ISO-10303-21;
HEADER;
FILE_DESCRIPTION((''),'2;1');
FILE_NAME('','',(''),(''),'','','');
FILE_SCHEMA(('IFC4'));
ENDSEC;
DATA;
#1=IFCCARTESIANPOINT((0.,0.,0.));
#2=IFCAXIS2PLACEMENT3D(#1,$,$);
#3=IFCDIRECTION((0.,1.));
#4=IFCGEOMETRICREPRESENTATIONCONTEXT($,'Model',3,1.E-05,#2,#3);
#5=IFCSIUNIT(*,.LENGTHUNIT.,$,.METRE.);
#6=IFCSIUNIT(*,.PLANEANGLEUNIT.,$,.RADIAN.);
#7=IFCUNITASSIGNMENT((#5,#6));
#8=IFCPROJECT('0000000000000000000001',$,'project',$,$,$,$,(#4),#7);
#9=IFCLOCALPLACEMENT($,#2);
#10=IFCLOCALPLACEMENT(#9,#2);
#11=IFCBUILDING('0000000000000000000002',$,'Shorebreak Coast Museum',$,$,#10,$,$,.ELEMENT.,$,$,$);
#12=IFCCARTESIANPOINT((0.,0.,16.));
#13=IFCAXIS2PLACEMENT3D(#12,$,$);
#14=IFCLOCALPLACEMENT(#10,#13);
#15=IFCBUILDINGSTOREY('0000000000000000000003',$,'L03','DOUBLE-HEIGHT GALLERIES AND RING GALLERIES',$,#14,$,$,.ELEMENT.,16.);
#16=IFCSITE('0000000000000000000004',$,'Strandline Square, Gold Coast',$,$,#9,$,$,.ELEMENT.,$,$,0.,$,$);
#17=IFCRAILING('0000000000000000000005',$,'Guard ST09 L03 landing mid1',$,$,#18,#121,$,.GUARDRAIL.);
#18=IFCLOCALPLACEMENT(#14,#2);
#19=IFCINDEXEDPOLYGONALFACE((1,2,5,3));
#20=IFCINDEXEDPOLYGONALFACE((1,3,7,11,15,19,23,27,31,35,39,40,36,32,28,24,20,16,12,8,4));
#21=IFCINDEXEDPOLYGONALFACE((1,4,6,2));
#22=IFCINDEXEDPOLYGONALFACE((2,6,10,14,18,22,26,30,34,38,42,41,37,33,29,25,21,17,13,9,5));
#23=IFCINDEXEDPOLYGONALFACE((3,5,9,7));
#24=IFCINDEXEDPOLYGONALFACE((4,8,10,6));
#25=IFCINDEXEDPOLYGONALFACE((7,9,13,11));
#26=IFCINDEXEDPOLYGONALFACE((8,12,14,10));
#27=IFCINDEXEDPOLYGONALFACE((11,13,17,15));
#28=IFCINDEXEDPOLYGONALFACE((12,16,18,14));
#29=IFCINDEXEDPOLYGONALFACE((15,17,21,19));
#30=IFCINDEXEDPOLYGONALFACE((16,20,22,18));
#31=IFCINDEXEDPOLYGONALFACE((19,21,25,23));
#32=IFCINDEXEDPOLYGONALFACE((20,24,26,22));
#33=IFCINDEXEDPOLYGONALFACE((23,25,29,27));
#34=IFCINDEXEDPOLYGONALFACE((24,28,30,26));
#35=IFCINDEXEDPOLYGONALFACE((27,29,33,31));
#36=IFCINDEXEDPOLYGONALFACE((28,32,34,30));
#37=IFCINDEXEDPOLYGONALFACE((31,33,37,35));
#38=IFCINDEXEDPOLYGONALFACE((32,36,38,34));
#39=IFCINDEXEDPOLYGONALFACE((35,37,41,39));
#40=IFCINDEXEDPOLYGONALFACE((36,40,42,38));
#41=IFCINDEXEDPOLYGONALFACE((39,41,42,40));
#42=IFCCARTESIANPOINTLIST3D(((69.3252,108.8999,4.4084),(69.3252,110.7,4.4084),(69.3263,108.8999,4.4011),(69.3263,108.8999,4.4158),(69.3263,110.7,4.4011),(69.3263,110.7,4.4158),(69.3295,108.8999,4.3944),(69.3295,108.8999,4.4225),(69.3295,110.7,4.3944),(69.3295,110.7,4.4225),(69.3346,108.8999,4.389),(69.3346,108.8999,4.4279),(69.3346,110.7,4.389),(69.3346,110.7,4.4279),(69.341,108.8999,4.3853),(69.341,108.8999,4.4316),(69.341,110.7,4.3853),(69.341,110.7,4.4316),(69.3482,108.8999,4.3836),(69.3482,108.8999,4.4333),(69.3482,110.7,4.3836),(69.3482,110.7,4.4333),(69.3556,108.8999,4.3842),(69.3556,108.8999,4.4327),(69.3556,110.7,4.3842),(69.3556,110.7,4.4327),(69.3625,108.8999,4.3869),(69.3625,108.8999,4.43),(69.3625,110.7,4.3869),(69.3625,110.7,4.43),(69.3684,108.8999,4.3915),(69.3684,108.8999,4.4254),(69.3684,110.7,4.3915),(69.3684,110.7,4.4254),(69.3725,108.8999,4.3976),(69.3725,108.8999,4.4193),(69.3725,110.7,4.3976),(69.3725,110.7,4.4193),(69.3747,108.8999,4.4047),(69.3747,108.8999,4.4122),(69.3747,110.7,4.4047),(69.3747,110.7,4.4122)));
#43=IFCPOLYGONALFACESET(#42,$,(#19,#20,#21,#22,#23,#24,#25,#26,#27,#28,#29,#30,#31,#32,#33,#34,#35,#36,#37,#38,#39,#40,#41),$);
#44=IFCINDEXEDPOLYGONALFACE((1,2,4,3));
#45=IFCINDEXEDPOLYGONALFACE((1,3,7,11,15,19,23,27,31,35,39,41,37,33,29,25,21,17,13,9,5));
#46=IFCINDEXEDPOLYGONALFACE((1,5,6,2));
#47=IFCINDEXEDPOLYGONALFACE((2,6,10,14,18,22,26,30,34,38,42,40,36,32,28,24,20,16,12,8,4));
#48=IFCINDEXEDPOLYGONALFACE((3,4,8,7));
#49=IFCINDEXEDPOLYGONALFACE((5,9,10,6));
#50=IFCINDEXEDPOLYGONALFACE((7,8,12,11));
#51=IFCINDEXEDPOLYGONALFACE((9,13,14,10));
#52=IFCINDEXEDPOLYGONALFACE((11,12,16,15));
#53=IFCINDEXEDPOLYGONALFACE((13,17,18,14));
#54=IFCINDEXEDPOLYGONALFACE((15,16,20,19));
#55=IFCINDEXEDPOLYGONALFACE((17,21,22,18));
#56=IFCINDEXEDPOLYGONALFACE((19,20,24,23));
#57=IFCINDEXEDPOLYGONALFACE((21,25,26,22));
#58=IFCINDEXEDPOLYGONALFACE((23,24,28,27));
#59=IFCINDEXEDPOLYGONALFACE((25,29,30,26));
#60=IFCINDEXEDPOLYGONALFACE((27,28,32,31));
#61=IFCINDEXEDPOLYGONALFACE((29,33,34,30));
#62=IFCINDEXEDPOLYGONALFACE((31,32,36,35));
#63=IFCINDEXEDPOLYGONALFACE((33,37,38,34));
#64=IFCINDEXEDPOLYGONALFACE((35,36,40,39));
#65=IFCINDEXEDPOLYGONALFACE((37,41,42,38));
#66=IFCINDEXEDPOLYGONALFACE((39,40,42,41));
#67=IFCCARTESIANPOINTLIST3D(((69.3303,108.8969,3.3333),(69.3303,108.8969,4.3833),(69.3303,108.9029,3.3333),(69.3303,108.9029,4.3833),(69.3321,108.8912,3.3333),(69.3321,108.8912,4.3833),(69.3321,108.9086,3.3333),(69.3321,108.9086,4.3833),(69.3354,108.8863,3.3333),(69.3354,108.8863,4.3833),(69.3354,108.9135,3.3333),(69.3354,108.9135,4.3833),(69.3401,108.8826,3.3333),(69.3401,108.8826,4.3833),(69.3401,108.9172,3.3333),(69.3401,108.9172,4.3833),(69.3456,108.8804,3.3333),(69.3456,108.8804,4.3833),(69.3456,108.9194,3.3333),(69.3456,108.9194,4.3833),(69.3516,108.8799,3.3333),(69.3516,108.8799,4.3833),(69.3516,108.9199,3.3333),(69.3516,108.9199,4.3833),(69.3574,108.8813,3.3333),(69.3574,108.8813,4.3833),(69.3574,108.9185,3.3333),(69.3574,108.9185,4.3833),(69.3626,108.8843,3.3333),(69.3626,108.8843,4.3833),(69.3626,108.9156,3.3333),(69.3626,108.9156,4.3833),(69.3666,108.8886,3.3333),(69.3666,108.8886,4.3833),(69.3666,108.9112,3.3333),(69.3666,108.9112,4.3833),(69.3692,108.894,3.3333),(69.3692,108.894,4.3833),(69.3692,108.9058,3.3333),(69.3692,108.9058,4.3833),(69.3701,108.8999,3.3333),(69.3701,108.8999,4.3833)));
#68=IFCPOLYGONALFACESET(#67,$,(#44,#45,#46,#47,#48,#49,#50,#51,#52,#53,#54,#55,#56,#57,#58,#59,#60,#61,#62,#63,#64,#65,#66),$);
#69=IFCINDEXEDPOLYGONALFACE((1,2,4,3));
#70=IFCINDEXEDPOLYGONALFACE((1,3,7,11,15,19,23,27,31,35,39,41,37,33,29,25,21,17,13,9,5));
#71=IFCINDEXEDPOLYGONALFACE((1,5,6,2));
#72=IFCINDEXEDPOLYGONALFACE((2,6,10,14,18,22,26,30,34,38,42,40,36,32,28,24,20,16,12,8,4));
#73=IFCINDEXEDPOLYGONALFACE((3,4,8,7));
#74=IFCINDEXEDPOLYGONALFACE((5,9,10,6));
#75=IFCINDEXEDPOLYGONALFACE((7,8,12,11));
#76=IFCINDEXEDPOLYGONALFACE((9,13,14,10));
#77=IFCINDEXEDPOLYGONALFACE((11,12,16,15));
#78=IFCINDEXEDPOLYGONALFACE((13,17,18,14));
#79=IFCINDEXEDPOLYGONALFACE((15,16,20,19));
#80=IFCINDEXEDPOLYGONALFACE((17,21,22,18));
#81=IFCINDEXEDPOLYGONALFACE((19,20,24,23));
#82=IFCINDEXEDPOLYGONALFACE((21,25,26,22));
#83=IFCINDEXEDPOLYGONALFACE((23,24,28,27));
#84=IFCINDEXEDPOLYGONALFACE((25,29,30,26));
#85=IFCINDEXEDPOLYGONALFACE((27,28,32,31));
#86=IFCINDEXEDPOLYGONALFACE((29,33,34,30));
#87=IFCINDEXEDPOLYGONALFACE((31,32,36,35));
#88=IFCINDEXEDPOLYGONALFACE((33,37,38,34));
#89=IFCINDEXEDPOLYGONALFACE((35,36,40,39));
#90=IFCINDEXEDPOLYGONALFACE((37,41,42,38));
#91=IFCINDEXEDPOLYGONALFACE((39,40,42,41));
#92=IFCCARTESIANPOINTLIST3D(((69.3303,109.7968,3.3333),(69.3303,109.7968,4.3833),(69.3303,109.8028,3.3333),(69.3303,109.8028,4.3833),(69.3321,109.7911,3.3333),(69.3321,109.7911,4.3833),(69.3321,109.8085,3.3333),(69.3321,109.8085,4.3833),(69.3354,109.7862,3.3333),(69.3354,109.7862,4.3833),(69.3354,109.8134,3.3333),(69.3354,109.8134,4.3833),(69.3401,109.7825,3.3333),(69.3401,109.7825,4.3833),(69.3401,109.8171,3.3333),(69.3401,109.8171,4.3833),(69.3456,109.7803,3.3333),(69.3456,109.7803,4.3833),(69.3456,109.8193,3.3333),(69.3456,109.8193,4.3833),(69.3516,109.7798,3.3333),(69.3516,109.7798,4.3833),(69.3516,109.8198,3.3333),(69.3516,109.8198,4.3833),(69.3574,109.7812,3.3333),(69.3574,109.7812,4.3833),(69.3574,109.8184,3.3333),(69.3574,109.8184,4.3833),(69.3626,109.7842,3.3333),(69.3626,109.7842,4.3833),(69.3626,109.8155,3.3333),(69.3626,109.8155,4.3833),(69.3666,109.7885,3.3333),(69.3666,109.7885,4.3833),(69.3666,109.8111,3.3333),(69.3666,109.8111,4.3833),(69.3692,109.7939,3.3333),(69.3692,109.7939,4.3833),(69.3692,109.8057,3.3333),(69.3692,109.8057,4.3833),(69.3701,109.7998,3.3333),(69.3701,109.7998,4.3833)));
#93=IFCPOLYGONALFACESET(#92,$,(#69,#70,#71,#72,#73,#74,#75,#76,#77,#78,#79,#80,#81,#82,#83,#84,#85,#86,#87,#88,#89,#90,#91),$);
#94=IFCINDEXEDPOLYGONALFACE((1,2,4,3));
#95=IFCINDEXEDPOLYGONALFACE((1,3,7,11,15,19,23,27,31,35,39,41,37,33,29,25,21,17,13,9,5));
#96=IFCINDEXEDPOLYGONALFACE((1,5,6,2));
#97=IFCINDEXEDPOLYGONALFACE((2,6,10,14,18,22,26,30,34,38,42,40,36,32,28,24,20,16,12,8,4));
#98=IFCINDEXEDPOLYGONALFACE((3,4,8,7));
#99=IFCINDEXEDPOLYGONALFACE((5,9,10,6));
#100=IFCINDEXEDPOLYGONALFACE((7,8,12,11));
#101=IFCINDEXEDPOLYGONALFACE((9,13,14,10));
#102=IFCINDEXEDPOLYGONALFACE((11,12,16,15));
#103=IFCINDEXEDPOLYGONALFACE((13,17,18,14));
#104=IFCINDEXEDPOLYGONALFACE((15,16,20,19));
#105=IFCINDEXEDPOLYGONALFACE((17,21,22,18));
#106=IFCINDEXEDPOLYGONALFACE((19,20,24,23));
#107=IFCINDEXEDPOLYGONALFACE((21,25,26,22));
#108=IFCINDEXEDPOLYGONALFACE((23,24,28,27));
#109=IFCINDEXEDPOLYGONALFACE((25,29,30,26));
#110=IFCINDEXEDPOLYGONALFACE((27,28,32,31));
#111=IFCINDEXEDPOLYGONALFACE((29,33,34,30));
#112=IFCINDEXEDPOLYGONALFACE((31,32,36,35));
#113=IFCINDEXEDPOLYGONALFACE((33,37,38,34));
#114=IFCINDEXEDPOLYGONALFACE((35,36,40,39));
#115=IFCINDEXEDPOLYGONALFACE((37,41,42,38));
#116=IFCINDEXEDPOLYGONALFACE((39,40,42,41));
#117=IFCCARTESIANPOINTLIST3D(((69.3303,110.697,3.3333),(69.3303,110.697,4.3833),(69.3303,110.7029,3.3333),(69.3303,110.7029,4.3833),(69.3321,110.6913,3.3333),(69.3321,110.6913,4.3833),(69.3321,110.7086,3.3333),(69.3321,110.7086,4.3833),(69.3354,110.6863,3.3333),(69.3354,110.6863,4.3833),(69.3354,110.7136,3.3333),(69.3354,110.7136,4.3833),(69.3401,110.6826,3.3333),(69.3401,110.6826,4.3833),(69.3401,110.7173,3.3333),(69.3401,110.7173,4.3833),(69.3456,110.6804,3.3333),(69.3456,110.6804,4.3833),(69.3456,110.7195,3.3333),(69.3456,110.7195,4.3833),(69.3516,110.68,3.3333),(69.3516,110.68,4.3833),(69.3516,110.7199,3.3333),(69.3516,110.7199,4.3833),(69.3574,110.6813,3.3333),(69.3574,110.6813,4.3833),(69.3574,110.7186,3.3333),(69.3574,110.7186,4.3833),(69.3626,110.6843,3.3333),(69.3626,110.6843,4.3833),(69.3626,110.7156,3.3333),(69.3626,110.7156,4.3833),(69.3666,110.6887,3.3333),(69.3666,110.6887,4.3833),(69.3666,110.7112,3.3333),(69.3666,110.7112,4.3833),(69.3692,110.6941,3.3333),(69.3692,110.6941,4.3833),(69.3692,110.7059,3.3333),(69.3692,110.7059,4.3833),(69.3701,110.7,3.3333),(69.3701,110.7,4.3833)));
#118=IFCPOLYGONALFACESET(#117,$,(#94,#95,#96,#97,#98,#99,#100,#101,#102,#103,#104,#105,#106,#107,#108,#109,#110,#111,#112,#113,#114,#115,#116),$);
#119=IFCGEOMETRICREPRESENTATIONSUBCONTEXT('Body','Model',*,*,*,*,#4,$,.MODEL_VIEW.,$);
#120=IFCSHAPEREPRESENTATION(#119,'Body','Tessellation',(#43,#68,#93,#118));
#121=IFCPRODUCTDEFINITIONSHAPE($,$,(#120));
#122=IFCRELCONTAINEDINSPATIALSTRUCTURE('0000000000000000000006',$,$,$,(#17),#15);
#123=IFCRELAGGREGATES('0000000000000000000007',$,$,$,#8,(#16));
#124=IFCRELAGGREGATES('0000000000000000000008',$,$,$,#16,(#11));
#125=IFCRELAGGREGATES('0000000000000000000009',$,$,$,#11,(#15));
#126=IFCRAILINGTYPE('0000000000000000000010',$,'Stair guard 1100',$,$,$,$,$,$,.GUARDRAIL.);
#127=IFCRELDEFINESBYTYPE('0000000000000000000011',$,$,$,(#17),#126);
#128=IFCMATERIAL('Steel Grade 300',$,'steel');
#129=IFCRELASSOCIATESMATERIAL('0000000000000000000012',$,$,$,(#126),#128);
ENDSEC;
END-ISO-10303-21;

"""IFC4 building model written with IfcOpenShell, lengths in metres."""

from ifc_helpers import new_model, si_unit, direction, frame, origin, origin_2d, place, context, subcontext, project, spatial, circle, extrude, material, type_object, element, save


model = new_model("IFC4")

# Units and contexts
model_context = context("Model", 3, precision=1e-05, world=origin(), true_north=direction((0.0, 1.0)))
body_context = subcontext(model_context, "Body", "Model", "MODEL_VIEW")
ifc_project = project(units=[si_unit("LENGTHUNIT", "METRE"), si_unit("PLANEANGLEUNIT", "RADIAN")], contexts=[model_context])

# Site, building, storey
site_placement = place(None, origin())
site = spatial("IfcSite", under=ifc_project, at=site_placement, Name="Strandline Square, Gold Coast", CompositionType="ELEMENT", RefElevation=0.0)
building_placement = place(site_placement, origin())
building = spatial("IfcBuilding", under=site, at=building_placement, Name="Shorebreak Coast Museum", CompositionType="ELEMENT")
storey_placement = place(building_placement, frame((0.0, 0.0, 16.0)))
storey = spatial("IfcBuildingStorey", under=building, at=storey_placement, Name="L03", Description="DOUBLE-HEIGHT GALLERIES AND RING GALLERIES", CompositionType="ELEMENT", Elevation=16.0)

# Railing
ifc_material_1 = material(Name="Steel Grade 300", Category="steel")
railing_type_1 = type_object("IfcRailingType", Name="Stair guard 1100", PredefinedType="GUARDRAIL", material=ifc_material_1)
railing_1_placement = place(storey_placement, frame((69.3501, 108.8999, 3.3333)))
element("IfcRailing", 1, at=railing_1_placement, inside=storey, type_object=railing_type_1, Name="Guard ST09 L03 landing mid1", PredefinedType="GUARDRAIL", context=body_context, shape_type="SweptSolid", body=[
    extrude(circle(Radius=0.0249, at=origin_2d()), frame((0.0, 0.0, 1.0752), z_axis=(0.0, 1.0, 0.0), x_axis=(-1.0, 0.0, 0.0)), (0.0, 0.0, 1.0), 1.8),
    extrude(circle(Radius=0.02, at=origin_2d()), origin(), (0.0, 0.0, 1.0), 1.05),
    extrude(circle(Radius=0.02, at=origin_2d()), frame((0.0, 0.8999, 0.0)), (0.0, 0.0, 1.0), 1.05),
    extrude(circle(Radius=0.02, at=origin_2d()), frame((0.0, 1.8, 0.0)), (0.0, 0.0, 1.0), 1.05),
])

save(model, "model.ifc")
